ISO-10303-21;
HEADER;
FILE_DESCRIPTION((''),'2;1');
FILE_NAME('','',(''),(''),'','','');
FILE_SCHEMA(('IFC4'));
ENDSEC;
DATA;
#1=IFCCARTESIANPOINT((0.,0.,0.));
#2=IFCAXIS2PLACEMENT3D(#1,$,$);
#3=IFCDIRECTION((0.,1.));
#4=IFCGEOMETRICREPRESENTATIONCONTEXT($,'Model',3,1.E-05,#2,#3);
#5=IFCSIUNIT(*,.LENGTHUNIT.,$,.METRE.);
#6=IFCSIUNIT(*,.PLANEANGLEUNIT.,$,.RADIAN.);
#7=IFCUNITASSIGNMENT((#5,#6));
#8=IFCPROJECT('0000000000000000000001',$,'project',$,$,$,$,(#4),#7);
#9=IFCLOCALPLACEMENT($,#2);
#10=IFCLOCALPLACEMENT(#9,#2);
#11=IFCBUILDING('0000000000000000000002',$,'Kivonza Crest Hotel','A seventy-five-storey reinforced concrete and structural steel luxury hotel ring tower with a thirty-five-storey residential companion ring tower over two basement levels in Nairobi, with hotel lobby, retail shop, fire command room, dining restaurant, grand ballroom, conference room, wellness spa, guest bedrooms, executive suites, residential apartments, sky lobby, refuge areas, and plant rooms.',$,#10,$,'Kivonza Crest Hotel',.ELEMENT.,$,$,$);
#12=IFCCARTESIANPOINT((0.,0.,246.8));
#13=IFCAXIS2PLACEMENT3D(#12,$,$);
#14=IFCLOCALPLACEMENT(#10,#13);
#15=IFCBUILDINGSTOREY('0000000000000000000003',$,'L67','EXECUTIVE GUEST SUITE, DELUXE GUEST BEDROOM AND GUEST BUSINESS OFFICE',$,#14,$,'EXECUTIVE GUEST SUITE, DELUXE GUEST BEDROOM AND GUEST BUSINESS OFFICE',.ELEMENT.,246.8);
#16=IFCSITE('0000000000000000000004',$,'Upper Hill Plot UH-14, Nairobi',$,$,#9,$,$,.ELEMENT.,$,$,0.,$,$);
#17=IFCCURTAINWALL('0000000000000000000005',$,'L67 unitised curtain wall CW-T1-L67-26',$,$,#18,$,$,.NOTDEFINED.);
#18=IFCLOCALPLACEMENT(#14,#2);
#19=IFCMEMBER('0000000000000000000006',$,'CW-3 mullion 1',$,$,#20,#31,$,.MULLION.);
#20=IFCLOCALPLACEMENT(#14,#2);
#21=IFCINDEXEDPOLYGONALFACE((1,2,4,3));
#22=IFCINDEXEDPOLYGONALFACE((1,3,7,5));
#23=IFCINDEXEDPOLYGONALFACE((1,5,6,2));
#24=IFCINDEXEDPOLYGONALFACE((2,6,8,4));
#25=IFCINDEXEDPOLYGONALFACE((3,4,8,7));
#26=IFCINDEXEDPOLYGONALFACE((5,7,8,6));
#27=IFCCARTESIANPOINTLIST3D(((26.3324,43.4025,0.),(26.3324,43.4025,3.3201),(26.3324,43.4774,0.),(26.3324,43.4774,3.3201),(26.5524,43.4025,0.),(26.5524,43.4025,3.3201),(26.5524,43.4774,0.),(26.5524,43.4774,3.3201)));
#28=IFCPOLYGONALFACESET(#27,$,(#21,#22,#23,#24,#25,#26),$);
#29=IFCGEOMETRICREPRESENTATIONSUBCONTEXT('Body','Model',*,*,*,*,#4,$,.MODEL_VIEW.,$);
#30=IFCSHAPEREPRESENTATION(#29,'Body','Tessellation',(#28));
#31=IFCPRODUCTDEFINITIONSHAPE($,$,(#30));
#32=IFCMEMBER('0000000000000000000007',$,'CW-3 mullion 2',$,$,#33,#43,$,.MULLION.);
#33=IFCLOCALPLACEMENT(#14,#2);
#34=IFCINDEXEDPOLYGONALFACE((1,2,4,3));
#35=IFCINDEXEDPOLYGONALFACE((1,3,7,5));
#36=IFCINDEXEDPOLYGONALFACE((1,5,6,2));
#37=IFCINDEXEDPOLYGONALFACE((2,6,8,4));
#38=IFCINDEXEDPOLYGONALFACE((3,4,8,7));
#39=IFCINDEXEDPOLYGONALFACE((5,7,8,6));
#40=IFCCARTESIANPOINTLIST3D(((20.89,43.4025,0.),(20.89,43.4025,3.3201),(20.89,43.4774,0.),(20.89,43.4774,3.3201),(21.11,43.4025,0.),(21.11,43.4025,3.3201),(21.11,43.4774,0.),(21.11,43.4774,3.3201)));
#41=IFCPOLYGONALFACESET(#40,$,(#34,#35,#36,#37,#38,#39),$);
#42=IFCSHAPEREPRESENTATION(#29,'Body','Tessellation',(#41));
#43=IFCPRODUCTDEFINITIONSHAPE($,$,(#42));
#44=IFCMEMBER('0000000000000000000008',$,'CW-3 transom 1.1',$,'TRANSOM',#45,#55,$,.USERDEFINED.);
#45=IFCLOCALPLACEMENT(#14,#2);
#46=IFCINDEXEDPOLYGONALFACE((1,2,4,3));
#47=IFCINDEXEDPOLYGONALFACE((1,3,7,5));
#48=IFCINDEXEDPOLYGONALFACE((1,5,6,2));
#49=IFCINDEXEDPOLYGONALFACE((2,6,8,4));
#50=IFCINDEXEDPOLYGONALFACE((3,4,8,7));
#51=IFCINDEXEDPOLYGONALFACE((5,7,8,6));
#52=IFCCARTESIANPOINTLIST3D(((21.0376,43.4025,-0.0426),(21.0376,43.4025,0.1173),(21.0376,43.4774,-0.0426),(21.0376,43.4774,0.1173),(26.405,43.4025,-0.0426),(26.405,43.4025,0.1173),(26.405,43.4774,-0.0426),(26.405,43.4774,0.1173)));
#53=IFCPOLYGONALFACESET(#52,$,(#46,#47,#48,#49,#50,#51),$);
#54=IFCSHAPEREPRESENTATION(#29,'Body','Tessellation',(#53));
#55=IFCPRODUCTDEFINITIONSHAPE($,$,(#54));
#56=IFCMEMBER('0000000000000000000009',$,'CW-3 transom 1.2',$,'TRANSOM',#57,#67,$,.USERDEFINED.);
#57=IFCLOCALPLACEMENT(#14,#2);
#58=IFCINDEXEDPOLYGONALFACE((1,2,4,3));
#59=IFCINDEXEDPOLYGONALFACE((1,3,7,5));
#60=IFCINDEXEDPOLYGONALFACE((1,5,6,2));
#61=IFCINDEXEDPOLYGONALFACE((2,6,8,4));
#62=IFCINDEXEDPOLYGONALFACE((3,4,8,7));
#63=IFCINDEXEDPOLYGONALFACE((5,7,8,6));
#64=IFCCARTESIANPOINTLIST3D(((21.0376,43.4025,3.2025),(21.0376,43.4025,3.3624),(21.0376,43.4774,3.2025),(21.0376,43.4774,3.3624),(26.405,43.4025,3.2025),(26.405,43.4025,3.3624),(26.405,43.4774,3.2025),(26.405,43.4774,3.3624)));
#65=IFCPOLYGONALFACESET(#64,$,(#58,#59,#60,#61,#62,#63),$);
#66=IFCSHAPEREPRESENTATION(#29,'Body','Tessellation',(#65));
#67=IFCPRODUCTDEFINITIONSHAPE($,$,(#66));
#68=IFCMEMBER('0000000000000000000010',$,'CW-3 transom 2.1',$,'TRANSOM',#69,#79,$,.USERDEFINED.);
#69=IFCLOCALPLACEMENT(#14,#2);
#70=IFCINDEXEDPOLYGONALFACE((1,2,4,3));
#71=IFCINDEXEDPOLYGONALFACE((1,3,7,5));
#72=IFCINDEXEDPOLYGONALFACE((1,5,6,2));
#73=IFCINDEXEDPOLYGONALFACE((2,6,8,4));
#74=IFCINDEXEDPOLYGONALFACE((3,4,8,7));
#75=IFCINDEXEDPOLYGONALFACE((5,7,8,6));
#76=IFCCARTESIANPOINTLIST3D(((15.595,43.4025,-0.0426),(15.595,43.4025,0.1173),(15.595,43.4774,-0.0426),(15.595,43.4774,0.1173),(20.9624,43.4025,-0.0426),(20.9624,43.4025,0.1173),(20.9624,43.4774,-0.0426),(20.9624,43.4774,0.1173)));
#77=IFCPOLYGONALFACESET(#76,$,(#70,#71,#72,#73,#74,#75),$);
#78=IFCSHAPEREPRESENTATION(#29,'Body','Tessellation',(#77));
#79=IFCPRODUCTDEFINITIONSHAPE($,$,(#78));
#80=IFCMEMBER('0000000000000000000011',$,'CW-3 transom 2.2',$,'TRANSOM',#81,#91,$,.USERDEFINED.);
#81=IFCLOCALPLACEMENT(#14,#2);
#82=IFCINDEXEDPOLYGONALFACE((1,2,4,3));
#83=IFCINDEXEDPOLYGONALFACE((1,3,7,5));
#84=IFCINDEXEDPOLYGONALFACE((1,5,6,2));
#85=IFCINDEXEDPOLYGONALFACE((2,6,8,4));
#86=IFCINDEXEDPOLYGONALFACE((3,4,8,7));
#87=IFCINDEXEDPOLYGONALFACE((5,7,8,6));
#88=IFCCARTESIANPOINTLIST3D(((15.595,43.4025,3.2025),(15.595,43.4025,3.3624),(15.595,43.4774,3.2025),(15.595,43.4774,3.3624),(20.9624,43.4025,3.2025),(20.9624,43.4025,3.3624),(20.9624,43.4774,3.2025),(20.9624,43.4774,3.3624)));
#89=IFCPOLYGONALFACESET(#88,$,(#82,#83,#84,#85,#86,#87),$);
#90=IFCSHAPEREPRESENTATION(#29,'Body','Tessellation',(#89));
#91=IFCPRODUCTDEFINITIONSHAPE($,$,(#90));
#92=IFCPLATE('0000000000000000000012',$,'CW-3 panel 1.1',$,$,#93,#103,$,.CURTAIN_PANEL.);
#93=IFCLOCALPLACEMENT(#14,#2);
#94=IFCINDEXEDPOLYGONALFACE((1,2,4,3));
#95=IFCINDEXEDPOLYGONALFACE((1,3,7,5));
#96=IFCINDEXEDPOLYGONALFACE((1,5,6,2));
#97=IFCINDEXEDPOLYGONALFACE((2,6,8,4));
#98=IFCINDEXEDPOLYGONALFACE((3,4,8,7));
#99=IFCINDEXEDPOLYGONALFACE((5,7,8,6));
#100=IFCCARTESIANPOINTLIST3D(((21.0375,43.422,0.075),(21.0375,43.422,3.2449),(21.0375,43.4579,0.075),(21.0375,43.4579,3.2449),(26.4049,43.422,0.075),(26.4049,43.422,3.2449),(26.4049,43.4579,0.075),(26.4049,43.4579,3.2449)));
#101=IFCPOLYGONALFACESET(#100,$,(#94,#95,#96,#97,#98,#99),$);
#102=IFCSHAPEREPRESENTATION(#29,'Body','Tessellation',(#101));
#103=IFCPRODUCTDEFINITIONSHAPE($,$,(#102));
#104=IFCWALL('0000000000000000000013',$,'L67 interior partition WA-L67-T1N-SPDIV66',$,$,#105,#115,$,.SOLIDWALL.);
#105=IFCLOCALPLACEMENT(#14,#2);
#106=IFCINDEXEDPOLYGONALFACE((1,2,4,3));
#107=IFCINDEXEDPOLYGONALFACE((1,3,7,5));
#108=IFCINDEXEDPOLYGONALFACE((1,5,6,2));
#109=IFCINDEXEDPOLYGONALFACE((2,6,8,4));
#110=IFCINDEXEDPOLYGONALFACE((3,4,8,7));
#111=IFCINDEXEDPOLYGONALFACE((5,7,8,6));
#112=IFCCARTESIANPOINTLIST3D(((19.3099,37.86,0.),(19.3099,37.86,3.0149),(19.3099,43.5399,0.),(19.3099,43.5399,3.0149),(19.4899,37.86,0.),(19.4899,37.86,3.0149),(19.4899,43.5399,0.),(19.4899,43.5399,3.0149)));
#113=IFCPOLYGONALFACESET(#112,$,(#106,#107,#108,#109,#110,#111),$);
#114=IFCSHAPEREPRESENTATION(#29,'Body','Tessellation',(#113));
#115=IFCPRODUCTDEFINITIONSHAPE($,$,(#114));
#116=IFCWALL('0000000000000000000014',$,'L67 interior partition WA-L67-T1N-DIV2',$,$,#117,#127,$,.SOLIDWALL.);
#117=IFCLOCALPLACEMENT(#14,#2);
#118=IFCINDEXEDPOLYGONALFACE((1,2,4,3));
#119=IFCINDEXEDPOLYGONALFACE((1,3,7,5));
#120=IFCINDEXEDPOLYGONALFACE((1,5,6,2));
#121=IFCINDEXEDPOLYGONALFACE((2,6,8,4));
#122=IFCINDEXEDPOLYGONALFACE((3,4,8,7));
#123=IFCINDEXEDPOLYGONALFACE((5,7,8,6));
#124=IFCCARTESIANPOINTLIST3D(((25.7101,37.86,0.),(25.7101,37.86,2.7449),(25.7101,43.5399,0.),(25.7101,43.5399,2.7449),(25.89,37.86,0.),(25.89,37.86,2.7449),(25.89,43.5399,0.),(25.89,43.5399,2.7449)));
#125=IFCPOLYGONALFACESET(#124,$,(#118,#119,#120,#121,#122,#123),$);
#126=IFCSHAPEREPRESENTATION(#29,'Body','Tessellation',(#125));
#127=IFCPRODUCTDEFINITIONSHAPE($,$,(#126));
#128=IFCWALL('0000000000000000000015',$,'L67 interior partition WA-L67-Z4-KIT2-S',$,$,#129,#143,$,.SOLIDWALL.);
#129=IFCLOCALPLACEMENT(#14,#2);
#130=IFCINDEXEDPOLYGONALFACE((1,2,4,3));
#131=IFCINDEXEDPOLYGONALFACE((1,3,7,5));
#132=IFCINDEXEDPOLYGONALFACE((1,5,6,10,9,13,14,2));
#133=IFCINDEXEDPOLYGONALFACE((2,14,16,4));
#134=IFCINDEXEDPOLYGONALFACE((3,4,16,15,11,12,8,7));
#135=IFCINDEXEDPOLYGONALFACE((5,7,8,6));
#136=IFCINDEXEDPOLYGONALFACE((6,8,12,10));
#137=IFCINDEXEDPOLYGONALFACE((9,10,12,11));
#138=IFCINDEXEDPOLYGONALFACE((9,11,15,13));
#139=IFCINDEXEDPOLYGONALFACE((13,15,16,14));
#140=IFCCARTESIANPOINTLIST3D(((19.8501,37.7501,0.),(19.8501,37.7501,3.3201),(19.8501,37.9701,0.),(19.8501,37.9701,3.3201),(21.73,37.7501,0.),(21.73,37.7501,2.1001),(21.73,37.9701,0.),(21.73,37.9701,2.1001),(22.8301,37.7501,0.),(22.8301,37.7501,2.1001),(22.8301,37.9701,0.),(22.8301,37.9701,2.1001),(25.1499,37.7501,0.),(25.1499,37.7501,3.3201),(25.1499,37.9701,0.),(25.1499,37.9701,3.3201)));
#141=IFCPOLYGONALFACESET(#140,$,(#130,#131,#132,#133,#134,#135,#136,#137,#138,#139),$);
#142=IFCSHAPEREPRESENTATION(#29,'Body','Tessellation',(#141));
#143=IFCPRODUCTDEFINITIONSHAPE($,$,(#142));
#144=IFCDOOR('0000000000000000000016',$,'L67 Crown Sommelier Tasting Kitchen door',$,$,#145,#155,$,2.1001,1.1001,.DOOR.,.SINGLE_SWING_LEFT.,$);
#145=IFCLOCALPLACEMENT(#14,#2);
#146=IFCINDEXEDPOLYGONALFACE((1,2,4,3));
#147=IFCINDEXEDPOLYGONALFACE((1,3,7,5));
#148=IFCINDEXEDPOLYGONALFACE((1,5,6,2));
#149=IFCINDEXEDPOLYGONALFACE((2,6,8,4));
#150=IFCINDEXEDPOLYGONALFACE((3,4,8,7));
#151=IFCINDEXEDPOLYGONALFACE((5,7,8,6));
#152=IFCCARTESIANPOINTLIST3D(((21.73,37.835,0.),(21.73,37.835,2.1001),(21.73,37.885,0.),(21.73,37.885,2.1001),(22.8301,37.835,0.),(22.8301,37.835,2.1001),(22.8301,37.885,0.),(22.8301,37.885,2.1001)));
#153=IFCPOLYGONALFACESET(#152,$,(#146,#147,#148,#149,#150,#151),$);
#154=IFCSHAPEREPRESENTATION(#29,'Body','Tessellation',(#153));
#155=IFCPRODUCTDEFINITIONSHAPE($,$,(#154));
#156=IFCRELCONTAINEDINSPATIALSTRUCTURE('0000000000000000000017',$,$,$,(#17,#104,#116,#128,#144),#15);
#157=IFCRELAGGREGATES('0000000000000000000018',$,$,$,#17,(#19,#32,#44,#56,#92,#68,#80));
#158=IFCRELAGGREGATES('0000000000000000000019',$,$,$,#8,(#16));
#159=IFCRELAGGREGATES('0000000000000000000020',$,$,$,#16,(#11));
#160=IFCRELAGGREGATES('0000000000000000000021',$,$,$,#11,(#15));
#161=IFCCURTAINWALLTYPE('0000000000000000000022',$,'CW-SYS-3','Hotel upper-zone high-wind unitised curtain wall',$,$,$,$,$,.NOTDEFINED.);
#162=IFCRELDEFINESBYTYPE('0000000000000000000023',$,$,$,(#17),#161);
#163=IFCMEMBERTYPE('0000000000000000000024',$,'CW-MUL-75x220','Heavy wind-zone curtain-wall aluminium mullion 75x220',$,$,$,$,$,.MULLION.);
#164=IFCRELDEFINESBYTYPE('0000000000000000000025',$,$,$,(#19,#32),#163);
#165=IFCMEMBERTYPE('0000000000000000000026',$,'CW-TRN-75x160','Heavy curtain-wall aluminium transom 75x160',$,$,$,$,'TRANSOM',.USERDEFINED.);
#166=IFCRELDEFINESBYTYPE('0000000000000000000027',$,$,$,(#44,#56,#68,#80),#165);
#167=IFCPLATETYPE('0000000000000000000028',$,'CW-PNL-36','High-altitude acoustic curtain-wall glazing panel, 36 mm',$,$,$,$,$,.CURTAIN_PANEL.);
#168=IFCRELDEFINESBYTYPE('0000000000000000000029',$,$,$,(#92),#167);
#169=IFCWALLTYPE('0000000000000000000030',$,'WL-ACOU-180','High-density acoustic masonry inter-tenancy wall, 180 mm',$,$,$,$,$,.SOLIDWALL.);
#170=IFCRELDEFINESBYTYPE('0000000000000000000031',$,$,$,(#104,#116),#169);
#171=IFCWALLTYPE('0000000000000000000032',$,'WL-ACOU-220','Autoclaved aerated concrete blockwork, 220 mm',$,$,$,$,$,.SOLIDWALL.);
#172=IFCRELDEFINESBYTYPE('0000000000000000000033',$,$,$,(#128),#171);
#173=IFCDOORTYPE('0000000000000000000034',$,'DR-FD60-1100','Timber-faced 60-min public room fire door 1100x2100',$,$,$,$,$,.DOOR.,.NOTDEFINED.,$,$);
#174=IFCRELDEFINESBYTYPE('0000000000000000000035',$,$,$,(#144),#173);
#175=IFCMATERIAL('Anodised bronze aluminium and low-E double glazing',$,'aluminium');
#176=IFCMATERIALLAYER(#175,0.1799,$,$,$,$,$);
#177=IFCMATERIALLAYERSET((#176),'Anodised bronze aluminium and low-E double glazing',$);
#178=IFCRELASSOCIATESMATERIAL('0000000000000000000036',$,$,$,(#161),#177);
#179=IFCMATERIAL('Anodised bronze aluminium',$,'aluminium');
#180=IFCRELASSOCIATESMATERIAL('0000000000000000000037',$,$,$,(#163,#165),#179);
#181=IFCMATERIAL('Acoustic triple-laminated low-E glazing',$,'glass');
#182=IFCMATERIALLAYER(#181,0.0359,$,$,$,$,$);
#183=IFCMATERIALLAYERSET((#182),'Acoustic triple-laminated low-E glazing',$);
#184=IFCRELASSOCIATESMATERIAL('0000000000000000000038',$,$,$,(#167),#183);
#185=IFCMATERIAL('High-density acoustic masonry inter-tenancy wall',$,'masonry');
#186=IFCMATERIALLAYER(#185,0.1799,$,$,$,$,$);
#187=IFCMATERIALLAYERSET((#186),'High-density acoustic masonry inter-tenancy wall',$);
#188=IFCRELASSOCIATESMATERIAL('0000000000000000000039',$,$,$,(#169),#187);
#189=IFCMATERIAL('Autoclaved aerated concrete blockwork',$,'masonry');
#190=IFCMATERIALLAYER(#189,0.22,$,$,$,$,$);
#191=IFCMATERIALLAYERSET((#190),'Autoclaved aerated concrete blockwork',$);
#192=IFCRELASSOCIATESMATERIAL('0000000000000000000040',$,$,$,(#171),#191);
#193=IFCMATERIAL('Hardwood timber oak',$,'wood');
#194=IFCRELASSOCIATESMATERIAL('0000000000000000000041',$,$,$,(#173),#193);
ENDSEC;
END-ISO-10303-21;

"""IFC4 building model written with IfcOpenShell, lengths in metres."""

from ifc_helpers import new_model, si_unit, direction, frame, frame_2d, origin, origin_2d, place, context, subcontext, project, spatial, rectangle, extrude, material, layer, layer_set, material_profile, profile_set, type_object, element, fill, aggregate, save


model = new_model("IFC4")

# Units and contexts
model_context = context("Model", 3, precision=1e-05, world=origin(), true_north=direction((0.0, 1.0)))
body_context = subcontext(model_context, "Body", "Model", "MODEL_VIEW")
ifc_project = project(units=[si_unit("LENGTHUNIT", "METRE"), si_unit("PLANEANGLEUNIT", "RADIAN")], contexts=[model_context])

# Site, building, storey
site_placement = place(None, origin())
site = spatial("IfcSite", under=ifc_project, at=site_placement, Name="Upper Hill Plot UH-14, Nairobi", CompositionType="ELEMENT", RefElevation=0.0)
building_placement = place(site_placement, origin())
building = spatial("IfcBuilding", under=site, at=building_placement, Name="Kivonza Crest Hotel", Description="A seventy-five-storey reinforced concrete and structural steel luxury hotel ring tower with a thirty-five-storey residential companion ring tower over two basement levels in Nairobi, with hotel lobby, retail shop, fire command room, dining restaurant, grand ballroom, conference room, wellness spa, guest bedrooms, executive suites, residential apartments, sky lobby, refuge areas, and plant rooms.", LongName="Kivonza Crest Hotel", CompositionType="ELEMENT")
storey_placement = place(building_placement, frame((0.0, 0.0, 246.8)))
storey = spatial("IfcBuildingStorey", under=building, at=storey_placement, Name="L67", Description="EXECUTIVE GUEST SUITE, DELUXE GUEST BEDROOM AND GUEST BUSINESS OFFICE", LongName="EXECUTIVE GUEST SUITE, DELUXE GUEST BEDROOM AND GUEST BUSINESS OFFICE", CompositionType="ELEMENT", Elevation=246.8)

# Curtain wall, members, plate
ifc_material_1 = material(Name="Anodised bronze aluminium and low-E double glazing", Category="aluminium")
ifc_layer_1 = layer(ifc_material_1, 0.1799)
ifc_layer_set_1 = layer_set([ifc_layer_1], Name="Anodised bronze aluminium and low-E double glazing")
curtain_wall_type = type_object("IfcCurtainWallType", Name="CW-SYS-3", Description="Hotel upper-zone high-wind unitised curtain wall", PredefinedType="NOTDEFINED", material=ifc_layer_set_1)
curtain_wall_placement = place(storey_placement, origin())
curtain_wall = element("IfcCurtainWall", 1, at=curtain_wall_placement, inside=storey, type_object=curtain_wall_type, Name="L67 unitised curtain wall CW-T1-L67-26", PredefinedType="NOTDEFINED")
ifc_material_2 = material(Name="Anodised bronze aluminium", Category="aluminium")
ifc_material_profile_1 = material_profile(ifc_material_2, rectangle(XDim=0.075, YDim=0.22, at=origin_2d()), Name="CW-M 75x220")
ifc_profile_set_1 = profile_set([ifc_material_profile_1], Name="Anodised bronze aluminium")
member_type_1 = type_object("IfcMemberType", Name="CW-MUL-75x220", Description="Heavy wind-zone curtain-wall aluminium mullion 75x220", PredefinedType="MULLION", material=ifc_profile_set_1)
member_1_placement = place(storey_placement, frame((26.4424, 43.4399, 0.0), z_axis=(0.0, 0.0, 1.0), x_axis=(0.0, -1.0, 0.0)))
member_1 = element("IfcMember", 2, at=member_1_placement, type_object=member_type_1, Name="CW-3 mullion 1", PredefinedType="MULLION", context=body_context, shape_type="SweptSolid", body=[
    extrude(rectangle(XDim=0.075, YDim=0.22, at=origin_2d()), origin(), (0.0, 0.0, 1.0), 3.3201),
])
member_2_placement = place(storey_placement, frame((21.0, 43.4399, 0.0), z_axis=(0.0, 0.0, 1.0), x_axis=(0.0, -1.0, 0.0)))
member_2 = element("IfcMember", 3, at=member_2_placement, type_object=member_type_1, Name="CW-3 mullion 2", PredefinedType="MULLION", context=body_context, shape_type="SweptSolid", body=[
    extrude(rectangle(XDim=0.075, YDim=0.22, at=origin_2d()), origin(), (0.0, 0.0, 1.0), 3.3201),
])
ifc_material_profile_2 = material_profile(ifc_material_2, rectangle(XDim=0.075, YDim=0.1599, at=origin_2d()), Name="CW-T 75x160")
ifc_profile_set_2 = profile_set([ifc_material_profile_2], Name="Anodised bronze aluminium")
member_type_2 = type_object("IfcMemberType", Name="CW-TRN-75x160", Description="Heavy curtain-wall aluminium transom 75x160", ElementType="TRANSOM", PredefinedType="USERDEFINED", material=ifc_profile_set_2)
member_3_placement = place(storey_placement, frame((26.405, 43.4399, 0.0374), z_axis=(-1.0, 0.0, 0.0), x_axis=(0.0, -1.0, 0.0)))
member_3 = element("IfcMember", 4, at=member_3_placement, type_object=member_type_2, Name="CW-3 transom 1.1", ObjectType="TRANSOM", PredefinedType="USERDEFINED", context=body_context, shape_type="SweptSolid", body=[
    extrude(rectangle(XDim=0.075, YDim=0.1599, at=origin_2d()), origin(), (0.0, 0.0, 1.0), 5.3674),
])
member_4_placement = place(storey_placement, frame((26.405, 43.4399, 3.2825), z_axis=(-1.0, 0.0, 0.0), x_axis=(0.0, -1.0, 0.0)))
member_4 = element("IfcMember", 5, at=member_4_placement, type_object=member_type_2, Name="CW-3 transom 1.2", ObjectType="TRANSOM", PredefinedType="USERDEFINED", context=body_context, shape_type="SweptSolid", body=[
    extrude(rectangle(XDim=0.075, YDim=0.1599, at=origin_2d()), origin(), (0.0, 0.0, 1.0), 5.3674),
])
member_5_placement = place(storey_placement, frame((20.9624, 43.4399, 0.0374), z_axis=(-1.0, 0.0, 0.0), x_axis=(0.0, -1.0, 0.0)))
member_5 = element("IfcMember", 6, at=member_5_placement, type_object=member_type_2, Name="CW-3 transom 2.1", ObjectType="TRANSOM", PredefinedType="USERDEFINED", context=body_context, shape_type="SweptSolid", body=[
    extrude(rectangle(XDim=0.075, YDim=0.1599, at=origin_2d()), origin(), (0.0, 0.0, 1.0), 5.3674),
])
member_6_placement = place(storey_placement, frame((20.9624, 43.4399, 3.2825), z_axis=(-1.0, 0.0, 0.0), x_axis=(0.0, -1.0, 0.0)))
member_6 = element("IfcMember", 7, at=member_6_placement, type_object=member_type_2, Name="CW-3 transom 2.2", ObjectType="TRANSOM", PredefinedType="USERDEFINED", context=body_context, shape_type="SweptSolid", body=[
    extrude(rectangle(XDim=0.075, YDim=0.1599, at=origin_2d()), origin(), (0.0, 0.0, 1.0), 5.3674),
])
ifc_material_3 = material(Name="Acoustic triple-laminated low-E glazing", Category="glass")
ifc_layer_2 = layer(ifc_material_3, 0.0359)
ifc_layer_set_2 = layer_set([ifc_layer_2], Name="Acoustic triple-laminated low-E glazing")
plate_type = type_object("IfcPlateType", Name="CW-PNL-36", Description="High-altitude acoustic curtain-wall glazing panel, 36 mm", PredefinedType="CURTAIN_PANEL", material=ifc_layer_set_2)
plate_placement = place(storey_placement, frame((23.7212, 43.4399, 0.075), z_axis=(0.0, 0.0, 1.0), x_axis=(-1.0, 0.0, 0.0)))
plate = element("IfcPlate", 8, at=plate_placement, type_object=plate_type, Name="CW-3 panel 1.1", PredefinedType="CURTAIN_PANEL", context=body_context, shape_type="SweptSolid", body=[
    extrude(rectangle(XDim=5.3674, YDim=0.0359, at=origin_2d()), origin(), (0.0, 0.0, 1.0), 3.1699),
])
aggregate(curtain_wall, [member_1, member_2, member_3, member_4, plate, member_5, member_6])

# Walls
ifc_material_4 = material(Name="High-density acoustic masonry inter-tenancy wall", Category="masonry")
ifc_layer_3 = layer(ifc_material_4, 0.1799)
ifc_layer_set_3 = layer_set([ifc_layer_3], Name="High-density acoustic masonry inter-tenancy wall")
wall_type_1 = type_object("IfcWallType", Name="WL-ACOU-180", Description="High-density acoustic masonry inter-tenancy wall, 180 mm", PredefinedType="SOLIDWALL", material=ifc_layer_set_3)
wall_1_placement = place(storey_placement, frame((19.3999, 37.8601, 0.0), z_axis=(0.0, 0.0, 1.0), x_axis=(0.0, 1.0, 0.0)))
element("IfcWall", 9, at=wall_1_placement, inside=storey, type_object=wall_type_1, Name="L67 interior partition WA-L67-T1N-SPDIV66", PredefinedType="SOLIDWALL", context=body_context, shape_type="SweptSolid", body=[
    extrude(rectangle(XDim=5.6799, YDim=0.1799, at=frame_2d((2.8398, 0.0))), origin(), (0.0, 0.0, 1.0), 3.0149),
])
wall_2_placement = place(storey_placement, frame((25.8, 37.8601, 0.0), z_axis=(0.0, 0.0, 1.0), x_axis=(0.0, 1.0, 0.0)))
element("IfcWall", 10, at=wall_2_placement, inside=storey, type_object=wall_type_1, Name="L67 interior partition WA-L67-T1N-DIV2", PredefinedType="SOLIDWALL", context=body_context, shape_type="SweptSolid", body=[
    extrude(rectangle(XDim=5.6799, YDim=0.1799, at=frame_2d((2.8398, 0.0))), origin(), (0.0, 0.0, 1.0), 2.7449),
])

# Wall, opening, door
ifc_material_5 = material(Name="Autoclaved aerated concrete blockwork", Category="masonry")
ifc_layer_4 = layer(ifc_material_5, 0.22)
ifc_layer_set_4 = layer_set([ifc_layer_4], Name="Autoclaved aerated concrete blockwork")
wall_type_2 = type_object("IfcWallType", Name="WL-ACOU-220", Description="Autoclaved aerated concrete blockwork, 220 mm", PredefinedType="SOLIDWALL", material=ifc_layer_set_4)
wall_3_placement = place(storey_placement, frame((19.8501, 37.8601, 0.0), z_axis=(0.0, 0.0, 1.0), x_axis=(1.0, 0.0, 0.0)))
wall_3 = element("IfcWall", 11, at=wall_3_placement, inside=storey, type_object=wall_type_2, Name="L67 interior partition WA-L67-Z4-KIT2-S", PredefinedType="SOLIDWALL", context=body_context, shape_type="SweptSolid", body=[
    extrude(rectangle(XDim=5.2998, YDim=0.22, at=frame_2d((2.6499, 0.0))), origin(), (0.0, 0.0, 1.0), 3.3201),
])
opening_1_placement = place(wall_3_placement, frame((1.8799, 0.0, 0.0)))
opening_1 = element("IfcOpeningElement", 12, at=opening_1_placement, cuts=wall_3, PredefinedType="OPENING", context=body_context, shape_type="SweptSolid", body=[
    extrude(rectangle(XDim=1.1001, YDim=2.1001, at=frame_2d((0.55, 1.05))), frame((0.0, 0.1201, 0.0), z_axis=(0.0, -1.0, 0.0), x_axis=(1.0, 0.0, 0.0)), (0.0, 0.0, 1.0), 0.24),
])
ifc_material_6 = material(Name="Hardwood timber oak", Category="wood")
door_type_1 = type_object("IfcDoorType", Name="DR-FD60-1100", Description="Timber-faced 60-min public room fire door 1100x2100", OperationType="NOTDEFINED", PredefinedType="DOOR", material=ifc_material_6)
door_1_placement = place(opening_1_placement, origin())
door_1 = element("IfcDoor", 13, at=door_1_placement, inside=storey, type_object=door_type_1, Name="L67 Crown Sommelier Tasting Kitchen door", OperationType="SINGLE_SWING_LEFT", OverallHeight=2.1001, OverallWidth=1.1001, PredefinedType="DOOR", context=body_context, shape_type="SweptSolid", body=[
    extrude(rectangle(XDim=1.1001, YDim=2.1001, at=frame_2d((0.55, 1.05))), frame((0.0, 0.0249, 0.0), z_axis=(0.0, -1.0, 0.0), x_axis=(1.0, 0.0, 0.0)), (0.0, 0.0, 1.0), 0.05),
])
fill(opening_1, door_1)

save(model, "model.ifc")
